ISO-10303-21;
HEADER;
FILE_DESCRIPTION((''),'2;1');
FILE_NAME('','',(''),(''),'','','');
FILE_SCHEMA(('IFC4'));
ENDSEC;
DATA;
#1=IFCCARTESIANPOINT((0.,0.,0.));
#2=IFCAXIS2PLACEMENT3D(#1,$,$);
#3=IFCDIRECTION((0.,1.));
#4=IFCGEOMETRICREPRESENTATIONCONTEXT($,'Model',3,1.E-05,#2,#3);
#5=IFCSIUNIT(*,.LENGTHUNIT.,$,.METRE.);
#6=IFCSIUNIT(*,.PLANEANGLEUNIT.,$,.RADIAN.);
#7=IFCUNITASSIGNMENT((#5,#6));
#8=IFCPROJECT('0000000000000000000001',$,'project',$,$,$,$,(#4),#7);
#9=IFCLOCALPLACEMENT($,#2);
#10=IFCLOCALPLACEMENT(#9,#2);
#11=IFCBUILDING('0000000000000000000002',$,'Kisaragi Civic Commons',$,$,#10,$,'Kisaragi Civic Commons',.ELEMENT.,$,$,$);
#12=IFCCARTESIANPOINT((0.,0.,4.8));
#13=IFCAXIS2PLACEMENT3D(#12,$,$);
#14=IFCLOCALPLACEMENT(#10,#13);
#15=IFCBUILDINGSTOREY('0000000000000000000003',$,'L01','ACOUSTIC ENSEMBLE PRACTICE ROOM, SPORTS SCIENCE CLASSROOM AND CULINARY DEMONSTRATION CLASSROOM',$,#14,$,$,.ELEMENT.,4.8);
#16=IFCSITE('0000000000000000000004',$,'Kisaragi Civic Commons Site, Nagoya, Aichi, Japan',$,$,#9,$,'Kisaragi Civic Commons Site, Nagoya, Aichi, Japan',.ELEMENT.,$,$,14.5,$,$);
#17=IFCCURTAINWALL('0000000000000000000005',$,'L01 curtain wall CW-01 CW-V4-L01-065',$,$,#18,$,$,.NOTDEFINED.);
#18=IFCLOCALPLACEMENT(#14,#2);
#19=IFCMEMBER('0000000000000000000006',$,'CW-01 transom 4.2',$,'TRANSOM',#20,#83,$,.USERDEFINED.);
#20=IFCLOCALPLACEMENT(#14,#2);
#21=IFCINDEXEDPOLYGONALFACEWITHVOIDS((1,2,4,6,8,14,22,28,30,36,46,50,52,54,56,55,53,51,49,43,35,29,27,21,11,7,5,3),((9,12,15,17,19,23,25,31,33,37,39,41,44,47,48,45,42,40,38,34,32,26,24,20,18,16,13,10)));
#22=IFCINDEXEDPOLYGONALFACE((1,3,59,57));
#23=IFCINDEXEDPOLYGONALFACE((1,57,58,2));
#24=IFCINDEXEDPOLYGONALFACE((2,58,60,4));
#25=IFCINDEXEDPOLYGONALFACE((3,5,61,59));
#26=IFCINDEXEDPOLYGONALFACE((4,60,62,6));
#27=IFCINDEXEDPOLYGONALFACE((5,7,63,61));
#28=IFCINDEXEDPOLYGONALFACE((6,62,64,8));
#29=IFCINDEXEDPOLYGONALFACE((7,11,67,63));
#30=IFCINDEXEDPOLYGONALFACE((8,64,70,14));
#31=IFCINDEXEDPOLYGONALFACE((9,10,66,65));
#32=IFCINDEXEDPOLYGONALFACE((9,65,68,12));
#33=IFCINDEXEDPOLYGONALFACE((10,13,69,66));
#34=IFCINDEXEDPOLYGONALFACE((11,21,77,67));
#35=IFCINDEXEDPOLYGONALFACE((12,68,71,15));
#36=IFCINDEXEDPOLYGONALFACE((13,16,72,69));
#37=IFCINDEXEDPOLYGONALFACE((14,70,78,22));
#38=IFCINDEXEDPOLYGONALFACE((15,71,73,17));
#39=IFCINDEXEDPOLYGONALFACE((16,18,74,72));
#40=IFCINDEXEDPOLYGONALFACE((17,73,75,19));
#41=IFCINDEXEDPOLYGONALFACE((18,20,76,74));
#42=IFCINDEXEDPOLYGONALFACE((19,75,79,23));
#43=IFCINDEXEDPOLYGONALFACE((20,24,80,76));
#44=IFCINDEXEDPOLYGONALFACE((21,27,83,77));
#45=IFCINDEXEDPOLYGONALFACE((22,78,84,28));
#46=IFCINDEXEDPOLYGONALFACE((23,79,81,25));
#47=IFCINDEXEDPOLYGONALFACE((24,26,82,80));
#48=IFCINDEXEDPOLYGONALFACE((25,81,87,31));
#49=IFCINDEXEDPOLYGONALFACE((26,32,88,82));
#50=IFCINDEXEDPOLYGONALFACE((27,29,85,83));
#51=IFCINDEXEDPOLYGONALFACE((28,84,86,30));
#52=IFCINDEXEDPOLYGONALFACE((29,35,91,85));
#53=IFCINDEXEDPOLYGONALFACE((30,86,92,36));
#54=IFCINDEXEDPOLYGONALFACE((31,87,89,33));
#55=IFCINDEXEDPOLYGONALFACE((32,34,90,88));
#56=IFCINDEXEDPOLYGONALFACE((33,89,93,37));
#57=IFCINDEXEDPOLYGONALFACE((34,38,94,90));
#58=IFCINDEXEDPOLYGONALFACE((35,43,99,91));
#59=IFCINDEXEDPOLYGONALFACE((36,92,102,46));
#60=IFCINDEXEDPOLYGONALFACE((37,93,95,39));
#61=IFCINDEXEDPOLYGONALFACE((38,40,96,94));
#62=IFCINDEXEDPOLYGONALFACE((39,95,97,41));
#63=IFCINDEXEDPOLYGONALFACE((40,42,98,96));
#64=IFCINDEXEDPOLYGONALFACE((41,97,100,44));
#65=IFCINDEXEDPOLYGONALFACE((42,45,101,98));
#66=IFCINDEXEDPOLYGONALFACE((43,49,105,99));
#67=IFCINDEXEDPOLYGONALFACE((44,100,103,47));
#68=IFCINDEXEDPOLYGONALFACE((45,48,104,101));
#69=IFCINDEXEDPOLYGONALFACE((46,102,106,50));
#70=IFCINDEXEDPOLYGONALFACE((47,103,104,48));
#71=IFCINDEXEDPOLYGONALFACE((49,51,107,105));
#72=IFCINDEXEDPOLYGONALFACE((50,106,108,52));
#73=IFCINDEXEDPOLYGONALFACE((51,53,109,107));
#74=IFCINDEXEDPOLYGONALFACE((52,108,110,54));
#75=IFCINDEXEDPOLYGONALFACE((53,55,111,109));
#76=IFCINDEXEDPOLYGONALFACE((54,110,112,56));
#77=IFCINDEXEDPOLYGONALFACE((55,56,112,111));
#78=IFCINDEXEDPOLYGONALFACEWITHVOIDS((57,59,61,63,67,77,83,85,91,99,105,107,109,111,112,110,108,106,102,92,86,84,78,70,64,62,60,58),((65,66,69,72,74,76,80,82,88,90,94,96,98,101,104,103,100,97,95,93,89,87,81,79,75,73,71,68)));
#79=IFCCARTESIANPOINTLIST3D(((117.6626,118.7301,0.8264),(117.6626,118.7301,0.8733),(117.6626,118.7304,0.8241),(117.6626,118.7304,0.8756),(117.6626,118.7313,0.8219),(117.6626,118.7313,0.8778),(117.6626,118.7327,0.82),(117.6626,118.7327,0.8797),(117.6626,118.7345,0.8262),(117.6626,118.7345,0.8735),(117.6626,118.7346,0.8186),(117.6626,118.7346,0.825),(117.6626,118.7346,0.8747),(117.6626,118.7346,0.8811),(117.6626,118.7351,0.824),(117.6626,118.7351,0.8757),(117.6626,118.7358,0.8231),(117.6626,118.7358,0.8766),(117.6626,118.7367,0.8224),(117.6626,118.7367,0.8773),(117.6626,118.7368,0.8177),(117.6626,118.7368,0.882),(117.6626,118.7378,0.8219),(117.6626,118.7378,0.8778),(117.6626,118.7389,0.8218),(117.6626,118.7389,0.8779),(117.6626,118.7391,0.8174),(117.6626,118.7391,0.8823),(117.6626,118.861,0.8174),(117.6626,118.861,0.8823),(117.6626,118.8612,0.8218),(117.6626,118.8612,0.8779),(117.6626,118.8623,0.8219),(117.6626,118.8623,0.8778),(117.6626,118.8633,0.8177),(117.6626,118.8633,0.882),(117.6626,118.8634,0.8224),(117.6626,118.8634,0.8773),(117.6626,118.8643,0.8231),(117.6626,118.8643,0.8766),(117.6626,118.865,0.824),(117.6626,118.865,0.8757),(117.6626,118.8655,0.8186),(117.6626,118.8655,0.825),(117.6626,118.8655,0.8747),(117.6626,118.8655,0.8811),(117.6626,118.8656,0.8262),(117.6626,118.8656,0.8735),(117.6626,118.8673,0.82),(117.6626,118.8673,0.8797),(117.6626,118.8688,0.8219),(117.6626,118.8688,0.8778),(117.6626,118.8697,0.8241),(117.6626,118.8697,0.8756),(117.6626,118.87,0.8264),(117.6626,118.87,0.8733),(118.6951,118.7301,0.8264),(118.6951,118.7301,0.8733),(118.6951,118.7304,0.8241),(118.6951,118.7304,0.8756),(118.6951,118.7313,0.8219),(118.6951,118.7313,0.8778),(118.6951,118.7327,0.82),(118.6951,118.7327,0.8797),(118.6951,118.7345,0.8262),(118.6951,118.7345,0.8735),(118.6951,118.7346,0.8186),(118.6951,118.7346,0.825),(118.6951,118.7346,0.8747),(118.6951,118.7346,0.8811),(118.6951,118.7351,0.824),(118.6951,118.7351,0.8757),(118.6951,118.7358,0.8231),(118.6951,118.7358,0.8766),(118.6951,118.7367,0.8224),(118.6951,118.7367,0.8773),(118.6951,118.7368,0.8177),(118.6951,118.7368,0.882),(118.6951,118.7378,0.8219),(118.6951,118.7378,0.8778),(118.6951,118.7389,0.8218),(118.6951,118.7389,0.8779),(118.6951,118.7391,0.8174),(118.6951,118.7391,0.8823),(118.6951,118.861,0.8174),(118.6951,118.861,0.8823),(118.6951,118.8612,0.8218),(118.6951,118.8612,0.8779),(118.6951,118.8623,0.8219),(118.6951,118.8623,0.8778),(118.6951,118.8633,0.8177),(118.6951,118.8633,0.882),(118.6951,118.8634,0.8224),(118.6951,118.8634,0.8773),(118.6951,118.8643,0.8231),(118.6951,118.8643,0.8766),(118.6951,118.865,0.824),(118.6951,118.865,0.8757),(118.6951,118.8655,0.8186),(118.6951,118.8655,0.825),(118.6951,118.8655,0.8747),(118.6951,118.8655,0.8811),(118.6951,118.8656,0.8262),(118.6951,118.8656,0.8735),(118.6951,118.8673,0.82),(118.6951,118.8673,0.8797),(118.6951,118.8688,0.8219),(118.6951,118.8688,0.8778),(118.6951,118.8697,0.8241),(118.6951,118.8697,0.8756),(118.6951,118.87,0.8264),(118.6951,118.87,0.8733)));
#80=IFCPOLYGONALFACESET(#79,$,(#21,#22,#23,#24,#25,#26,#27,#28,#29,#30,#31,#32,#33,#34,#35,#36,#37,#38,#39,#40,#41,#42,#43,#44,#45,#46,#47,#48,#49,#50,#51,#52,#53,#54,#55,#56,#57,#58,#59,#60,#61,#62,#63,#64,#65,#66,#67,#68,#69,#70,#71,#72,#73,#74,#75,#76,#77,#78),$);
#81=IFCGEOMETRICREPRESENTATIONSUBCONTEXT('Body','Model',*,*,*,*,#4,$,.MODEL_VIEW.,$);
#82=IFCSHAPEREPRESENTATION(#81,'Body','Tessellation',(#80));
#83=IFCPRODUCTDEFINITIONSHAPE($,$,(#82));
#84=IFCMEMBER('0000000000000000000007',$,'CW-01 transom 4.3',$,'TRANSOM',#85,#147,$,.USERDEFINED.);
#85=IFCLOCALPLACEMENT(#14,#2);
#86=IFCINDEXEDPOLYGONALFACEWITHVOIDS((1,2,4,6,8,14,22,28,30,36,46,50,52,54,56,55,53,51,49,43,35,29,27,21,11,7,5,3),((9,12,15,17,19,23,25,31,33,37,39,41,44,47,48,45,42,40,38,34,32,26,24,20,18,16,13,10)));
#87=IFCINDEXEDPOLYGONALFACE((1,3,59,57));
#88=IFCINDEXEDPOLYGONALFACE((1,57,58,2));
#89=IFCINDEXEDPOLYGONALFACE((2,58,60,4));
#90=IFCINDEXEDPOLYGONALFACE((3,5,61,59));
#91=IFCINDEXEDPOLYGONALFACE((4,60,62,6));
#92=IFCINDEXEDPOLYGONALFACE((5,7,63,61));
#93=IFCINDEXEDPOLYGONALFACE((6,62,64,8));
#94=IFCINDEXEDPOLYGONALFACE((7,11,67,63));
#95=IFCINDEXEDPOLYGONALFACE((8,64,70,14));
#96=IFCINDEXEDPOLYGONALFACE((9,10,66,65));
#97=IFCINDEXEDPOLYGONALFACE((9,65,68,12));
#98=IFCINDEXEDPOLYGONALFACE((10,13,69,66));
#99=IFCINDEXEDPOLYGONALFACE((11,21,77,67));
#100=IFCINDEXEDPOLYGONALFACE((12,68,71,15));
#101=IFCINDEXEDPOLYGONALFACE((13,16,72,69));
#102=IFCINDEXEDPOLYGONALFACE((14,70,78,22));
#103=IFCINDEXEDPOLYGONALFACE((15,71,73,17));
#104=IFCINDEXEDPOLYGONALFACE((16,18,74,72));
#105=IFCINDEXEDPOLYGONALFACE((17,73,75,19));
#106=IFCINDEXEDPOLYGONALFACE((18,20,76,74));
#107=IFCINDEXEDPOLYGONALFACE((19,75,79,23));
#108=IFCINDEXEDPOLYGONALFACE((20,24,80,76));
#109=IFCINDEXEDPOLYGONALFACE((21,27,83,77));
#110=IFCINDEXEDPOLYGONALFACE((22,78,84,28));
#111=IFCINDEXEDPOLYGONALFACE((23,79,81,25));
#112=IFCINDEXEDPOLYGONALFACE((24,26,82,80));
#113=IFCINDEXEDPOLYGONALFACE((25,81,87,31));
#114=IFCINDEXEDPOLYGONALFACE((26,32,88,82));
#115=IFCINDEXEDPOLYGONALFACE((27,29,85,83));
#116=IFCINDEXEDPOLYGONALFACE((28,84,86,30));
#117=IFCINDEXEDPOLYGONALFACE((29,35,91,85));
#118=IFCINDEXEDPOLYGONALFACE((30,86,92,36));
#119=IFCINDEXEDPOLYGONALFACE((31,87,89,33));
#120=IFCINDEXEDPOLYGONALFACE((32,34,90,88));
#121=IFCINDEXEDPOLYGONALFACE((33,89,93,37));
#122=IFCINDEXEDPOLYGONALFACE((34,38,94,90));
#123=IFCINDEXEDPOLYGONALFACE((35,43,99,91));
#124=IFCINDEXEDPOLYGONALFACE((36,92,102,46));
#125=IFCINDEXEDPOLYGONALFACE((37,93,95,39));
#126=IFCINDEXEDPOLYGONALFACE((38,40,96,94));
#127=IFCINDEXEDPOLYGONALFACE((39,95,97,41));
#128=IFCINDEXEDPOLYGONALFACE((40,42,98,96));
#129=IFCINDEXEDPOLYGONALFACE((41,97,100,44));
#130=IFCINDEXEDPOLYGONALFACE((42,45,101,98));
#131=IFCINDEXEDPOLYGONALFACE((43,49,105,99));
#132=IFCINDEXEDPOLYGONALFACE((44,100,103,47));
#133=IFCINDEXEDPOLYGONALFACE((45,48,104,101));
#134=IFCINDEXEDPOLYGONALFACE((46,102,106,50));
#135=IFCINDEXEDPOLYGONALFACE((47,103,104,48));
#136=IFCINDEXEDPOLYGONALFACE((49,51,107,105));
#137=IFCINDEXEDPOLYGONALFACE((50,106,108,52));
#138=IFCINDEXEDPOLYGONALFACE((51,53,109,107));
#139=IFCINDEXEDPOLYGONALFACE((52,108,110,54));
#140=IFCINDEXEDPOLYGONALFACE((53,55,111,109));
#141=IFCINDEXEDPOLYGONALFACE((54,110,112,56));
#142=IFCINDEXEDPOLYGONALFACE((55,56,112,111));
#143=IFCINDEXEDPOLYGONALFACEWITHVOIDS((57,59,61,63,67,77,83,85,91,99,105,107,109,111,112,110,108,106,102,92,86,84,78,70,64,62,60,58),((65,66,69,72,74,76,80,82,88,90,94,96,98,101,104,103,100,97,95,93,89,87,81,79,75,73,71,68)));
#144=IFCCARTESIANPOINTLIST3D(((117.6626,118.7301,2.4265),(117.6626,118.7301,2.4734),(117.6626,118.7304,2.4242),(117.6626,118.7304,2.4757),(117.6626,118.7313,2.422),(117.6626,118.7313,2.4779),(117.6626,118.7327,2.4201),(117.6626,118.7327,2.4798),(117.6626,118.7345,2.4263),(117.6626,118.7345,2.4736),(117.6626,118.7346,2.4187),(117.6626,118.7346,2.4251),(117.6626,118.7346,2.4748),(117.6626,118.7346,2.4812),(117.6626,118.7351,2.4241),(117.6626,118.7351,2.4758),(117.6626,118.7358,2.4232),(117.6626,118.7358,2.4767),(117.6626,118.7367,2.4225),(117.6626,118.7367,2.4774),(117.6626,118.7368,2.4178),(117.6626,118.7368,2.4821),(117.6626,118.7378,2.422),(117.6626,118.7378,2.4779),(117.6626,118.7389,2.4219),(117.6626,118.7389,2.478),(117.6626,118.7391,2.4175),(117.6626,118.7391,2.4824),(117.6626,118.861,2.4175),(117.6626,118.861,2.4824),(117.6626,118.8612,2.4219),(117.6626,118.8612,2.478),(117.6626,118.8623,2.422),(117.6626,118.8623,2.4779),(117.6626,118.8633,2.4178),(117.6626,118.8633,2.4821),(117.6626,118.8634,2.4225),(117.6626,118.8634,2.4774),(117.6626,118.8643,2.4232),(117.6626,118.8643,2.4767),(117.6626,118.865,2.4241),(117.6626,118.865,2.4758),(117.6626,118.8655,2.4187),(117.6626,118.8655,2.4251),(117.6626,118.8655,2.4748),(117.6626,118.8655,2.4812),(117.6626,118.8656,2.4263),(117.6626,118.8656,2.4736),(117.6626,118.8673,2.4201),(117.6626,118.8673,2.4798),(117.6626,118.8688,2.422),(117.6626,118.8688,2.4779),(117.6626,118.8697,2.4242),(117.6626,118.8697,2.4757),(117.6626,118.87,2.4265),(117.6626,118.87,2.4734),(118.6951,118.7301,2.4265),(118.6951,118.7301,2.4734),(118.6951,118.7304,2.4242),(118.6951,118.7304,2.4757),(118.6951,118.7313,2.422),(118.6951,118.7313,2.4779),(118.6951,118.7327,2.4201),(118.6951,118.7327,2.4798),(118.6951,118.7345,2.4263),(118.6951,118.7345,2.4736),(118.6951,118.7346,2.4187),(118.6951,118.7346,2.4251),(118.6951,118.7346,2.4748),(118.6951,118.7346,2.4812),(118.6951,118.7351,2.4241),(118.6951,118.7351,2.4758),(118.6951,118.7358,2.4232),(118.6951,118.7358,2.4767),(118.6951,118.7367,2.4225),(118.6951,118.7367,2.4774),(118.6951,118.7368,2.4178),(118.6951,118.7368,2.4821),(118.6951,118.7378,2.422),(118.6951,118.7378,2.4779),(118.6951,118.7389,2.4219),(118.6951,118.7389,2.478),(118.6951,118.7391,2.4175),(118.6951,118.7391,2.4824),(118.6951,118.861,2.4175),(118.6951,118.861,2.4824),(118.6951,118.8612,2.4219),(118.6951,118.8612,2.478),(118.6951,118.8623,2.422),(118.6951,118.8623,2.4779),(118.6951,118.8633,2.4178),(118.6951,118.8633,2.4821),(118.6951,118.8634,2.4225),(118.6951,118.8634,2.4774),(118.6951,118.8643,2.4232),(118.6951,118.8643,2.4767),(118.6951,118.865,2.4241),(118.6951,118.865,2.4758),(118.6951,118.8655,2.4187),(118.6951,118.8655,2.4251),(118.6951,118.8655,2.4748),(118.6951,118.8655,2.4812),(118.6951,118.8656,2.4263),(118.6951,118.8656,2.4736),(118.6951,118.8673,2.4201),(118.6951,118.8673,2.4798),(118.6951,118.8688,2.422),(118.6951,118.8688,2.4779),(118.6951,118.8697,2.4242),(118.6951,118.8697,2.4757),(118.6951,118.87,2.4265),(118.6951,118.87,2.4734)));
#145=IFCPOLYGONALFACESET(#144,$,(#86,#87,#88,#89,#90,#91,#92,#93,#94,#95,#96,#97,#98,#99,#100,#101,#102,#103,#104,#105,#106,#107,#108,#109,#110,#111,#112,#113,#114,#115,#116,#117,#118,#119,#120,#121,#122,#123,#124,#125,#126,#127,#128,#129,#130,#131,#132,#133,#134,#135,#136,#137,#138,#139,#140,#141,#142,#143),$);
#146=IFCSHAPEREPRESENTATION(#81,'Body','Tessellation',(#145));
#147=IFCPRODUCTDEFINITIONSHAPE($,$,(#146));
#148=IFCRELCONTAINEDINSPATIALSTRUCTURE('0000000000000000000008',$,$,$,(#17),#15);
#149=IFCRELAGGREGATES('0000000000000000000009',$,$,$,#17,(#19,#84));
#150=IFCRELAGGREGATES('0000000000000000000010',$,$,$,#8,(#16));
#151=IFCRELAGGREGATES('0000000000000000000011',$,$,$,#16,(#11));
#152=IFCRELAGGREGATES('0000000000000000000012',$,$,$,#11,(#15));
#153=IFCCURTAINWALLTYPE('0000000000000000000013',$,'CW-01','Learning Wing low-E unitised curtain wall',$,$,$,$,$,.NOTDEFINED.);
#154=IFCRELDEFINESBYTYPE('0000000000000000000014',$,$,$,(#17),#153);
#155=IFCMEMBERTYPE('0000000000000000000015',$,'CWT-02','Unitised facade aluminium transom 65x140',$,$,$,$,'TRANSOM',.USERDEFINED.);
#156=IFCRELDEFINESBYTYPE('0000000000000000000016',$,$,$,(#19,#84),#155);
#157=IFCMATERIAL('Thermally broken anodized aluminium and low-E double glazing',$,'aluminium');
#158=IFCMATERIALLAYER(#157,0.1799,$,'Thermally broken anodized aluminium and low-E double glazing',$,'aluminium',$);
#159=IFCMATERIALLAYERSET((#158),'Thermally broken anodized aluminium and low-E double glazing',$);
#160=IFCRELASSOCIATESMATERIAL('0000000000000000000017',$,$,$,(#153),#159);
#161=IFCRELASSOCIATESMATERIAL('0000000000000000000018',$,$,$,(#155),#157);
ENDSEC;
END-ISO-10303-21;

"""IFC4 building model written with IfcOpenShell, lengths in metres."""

from ifc_helpers import new_model, si_unit, direction, frame, origin, origin_2d, place, context, subcontext, project, spatial, hollow_rectangle, extrude, material, layer, layer_set, material_profile, profile_set, type_object, element, aggregate, save


model = new_model("IFC4")

# Units and contexts
model_context = context("Model", 3, precision=1e-05, world=origin(), true_north=direction((0.0, 1.0)))
body_context = subcontext(model_context, "Body", "Model", "MODEL_VIEW")
ifc_project = project(units=[si_unit("LENGTHUNIT", "METRE"), si_unit("PLANEANGLEUNIT", "RADIAN")], contexts=[model_context])

# Site, building, storey
site_placement = place(None, origin())
site = spatial("IfcSite", under=ifc_project, at=site_placement, Name="Kisaragi Civic Commons Site, Nagoya, Aichi, Japan", LongName="Kisaragi Civic Commons Site, Nagoya, Aichi, Japan", CompositionType="ELEMENT", RefElevation=14.5)
building_placement = place(site_placement, origin())
building = spatial("IfcBuilding", under=site, at=building_placement, Name="Kisaragi Civic Commons", LongName="Kisaragi Civic Commons", CompositionType="ELEMENT")
storey_placement = place(building_placement, frame((0.0, 0.0, 4.8)))
storey = spatial("IfcBuildingStorey", under=building, at=storey_placement, Name="L01", Description="ACOUSTIC ENSEMBLE PRACTICE ROOM, SPORTS SCIENCE CLASSROOM AND CULINARY DEMONSTRATION CLASSROOM", CompositionType="ELEMENT", Elevation=4.8)

# Curtain wall, members
ifc_material_1 = material(Name="Thermally broken anodized aluminium and low-E double glazing", Category="aluminium")
ifc_layer_1 = layer(ifc_material_1, 0.1799, Name="Thermally broken anodized aluminium and low-E double glazing", Category="aluminium")
ifc_layer_set_1 = layer_set([ifc_layer_1], Name="Thermally broken anodized aluminium and low-E double glazing")
curtain_wall_type = type_object("IfcCurtainWallType", Name="CW-01", Description="Learning Wing low-E unitised curtain wall", PredefinedType="NOTDEFINED", material=ifc_layer_set_1)
curtain_wall_placement = place(storey_placement, origin())
curtain_wall = element("IfcCurtainWall", 1, at=curtain_wall_placement, inside=storey, type_object=curtain_wall_type, Name="L01 curtain wall CW-01 CW-V4-L01-065", PredefinedType="NOTDEFINED")
ifc_material_profile_1 = material_profile(ifc_material_1, hollow_rectangle(XDim=0.1399, YDim=0.0649, WallThickness=0.0044, InnerFilletRadius=0.0044, OuterFilletRadius=0.009, at=origin_2d()), Name="CWT-65x140x4.5", Category="aluminium")
ifc_profile_set_1 = profile_set([ifc_material_profile_1], Name="Thermally broken anodized aluminium and low-E double glazing")
member_type_1 = type_object("IfcMemberType", Name="CWT-02", Description="Unitised facade aluminium transom 65x140", ElementType="TRANSOM", PredefinedType="USERDEFINED", material=ifc_profile_set_1)
member_1_placement = place(storey_placement, frame((117.6626, 118.8, 0.8499), z_axis=(1.0, 0.0, 0.0), x_axis=(0.0, 1.0, 0.0)))
member_1 = element("IfcMember", 2, at=member_1_placement, type_object=member_type_1, Name="CW-01 transom 4.2", ObjectType="TRANSOM", PredefinedType="USERDEFINED", context=body_context, shape_type="SweptSolid", body=[
    extrude(hollow_rectangle(XDim=0.1399, YDim=0.0649, WallThickness=0.0044, InnerFilletRadius=0.0044, OuterFilletRadius=0.009, at=origin_2d()), origin(), (0.0, 0.0, 1.0), 1.0325),
])
member_2_placement = place(storey_placement, frame((117.6626, 118.8, 2.45), z_axis=(1.0, 0.0, 0.0), x_axis=(0.0, 1.0, 0.0)))
member_2 = element("IfcMember", 3, at=member_2_placement, type_object=member_type_1, Name="CW-01 transom 4.3", ObjectType="TRANSOM", PredefinedType="USERDEFINED", context=body_context, shape_type="SweptSolid", body=[
    extrude(hollow_rectangle(XDim=0.1399, YDim=0.0649, WallThickness=0.0044, InnerFilletRadius=0.0044, OuterFilletRadius=0.009, at=origin_2d()), origin(), (0.0, 0.0, 1.0), 1.0325),
])
aggregate(curtain_wall, [member_1, member_2])

save(model, "model.ifc")
